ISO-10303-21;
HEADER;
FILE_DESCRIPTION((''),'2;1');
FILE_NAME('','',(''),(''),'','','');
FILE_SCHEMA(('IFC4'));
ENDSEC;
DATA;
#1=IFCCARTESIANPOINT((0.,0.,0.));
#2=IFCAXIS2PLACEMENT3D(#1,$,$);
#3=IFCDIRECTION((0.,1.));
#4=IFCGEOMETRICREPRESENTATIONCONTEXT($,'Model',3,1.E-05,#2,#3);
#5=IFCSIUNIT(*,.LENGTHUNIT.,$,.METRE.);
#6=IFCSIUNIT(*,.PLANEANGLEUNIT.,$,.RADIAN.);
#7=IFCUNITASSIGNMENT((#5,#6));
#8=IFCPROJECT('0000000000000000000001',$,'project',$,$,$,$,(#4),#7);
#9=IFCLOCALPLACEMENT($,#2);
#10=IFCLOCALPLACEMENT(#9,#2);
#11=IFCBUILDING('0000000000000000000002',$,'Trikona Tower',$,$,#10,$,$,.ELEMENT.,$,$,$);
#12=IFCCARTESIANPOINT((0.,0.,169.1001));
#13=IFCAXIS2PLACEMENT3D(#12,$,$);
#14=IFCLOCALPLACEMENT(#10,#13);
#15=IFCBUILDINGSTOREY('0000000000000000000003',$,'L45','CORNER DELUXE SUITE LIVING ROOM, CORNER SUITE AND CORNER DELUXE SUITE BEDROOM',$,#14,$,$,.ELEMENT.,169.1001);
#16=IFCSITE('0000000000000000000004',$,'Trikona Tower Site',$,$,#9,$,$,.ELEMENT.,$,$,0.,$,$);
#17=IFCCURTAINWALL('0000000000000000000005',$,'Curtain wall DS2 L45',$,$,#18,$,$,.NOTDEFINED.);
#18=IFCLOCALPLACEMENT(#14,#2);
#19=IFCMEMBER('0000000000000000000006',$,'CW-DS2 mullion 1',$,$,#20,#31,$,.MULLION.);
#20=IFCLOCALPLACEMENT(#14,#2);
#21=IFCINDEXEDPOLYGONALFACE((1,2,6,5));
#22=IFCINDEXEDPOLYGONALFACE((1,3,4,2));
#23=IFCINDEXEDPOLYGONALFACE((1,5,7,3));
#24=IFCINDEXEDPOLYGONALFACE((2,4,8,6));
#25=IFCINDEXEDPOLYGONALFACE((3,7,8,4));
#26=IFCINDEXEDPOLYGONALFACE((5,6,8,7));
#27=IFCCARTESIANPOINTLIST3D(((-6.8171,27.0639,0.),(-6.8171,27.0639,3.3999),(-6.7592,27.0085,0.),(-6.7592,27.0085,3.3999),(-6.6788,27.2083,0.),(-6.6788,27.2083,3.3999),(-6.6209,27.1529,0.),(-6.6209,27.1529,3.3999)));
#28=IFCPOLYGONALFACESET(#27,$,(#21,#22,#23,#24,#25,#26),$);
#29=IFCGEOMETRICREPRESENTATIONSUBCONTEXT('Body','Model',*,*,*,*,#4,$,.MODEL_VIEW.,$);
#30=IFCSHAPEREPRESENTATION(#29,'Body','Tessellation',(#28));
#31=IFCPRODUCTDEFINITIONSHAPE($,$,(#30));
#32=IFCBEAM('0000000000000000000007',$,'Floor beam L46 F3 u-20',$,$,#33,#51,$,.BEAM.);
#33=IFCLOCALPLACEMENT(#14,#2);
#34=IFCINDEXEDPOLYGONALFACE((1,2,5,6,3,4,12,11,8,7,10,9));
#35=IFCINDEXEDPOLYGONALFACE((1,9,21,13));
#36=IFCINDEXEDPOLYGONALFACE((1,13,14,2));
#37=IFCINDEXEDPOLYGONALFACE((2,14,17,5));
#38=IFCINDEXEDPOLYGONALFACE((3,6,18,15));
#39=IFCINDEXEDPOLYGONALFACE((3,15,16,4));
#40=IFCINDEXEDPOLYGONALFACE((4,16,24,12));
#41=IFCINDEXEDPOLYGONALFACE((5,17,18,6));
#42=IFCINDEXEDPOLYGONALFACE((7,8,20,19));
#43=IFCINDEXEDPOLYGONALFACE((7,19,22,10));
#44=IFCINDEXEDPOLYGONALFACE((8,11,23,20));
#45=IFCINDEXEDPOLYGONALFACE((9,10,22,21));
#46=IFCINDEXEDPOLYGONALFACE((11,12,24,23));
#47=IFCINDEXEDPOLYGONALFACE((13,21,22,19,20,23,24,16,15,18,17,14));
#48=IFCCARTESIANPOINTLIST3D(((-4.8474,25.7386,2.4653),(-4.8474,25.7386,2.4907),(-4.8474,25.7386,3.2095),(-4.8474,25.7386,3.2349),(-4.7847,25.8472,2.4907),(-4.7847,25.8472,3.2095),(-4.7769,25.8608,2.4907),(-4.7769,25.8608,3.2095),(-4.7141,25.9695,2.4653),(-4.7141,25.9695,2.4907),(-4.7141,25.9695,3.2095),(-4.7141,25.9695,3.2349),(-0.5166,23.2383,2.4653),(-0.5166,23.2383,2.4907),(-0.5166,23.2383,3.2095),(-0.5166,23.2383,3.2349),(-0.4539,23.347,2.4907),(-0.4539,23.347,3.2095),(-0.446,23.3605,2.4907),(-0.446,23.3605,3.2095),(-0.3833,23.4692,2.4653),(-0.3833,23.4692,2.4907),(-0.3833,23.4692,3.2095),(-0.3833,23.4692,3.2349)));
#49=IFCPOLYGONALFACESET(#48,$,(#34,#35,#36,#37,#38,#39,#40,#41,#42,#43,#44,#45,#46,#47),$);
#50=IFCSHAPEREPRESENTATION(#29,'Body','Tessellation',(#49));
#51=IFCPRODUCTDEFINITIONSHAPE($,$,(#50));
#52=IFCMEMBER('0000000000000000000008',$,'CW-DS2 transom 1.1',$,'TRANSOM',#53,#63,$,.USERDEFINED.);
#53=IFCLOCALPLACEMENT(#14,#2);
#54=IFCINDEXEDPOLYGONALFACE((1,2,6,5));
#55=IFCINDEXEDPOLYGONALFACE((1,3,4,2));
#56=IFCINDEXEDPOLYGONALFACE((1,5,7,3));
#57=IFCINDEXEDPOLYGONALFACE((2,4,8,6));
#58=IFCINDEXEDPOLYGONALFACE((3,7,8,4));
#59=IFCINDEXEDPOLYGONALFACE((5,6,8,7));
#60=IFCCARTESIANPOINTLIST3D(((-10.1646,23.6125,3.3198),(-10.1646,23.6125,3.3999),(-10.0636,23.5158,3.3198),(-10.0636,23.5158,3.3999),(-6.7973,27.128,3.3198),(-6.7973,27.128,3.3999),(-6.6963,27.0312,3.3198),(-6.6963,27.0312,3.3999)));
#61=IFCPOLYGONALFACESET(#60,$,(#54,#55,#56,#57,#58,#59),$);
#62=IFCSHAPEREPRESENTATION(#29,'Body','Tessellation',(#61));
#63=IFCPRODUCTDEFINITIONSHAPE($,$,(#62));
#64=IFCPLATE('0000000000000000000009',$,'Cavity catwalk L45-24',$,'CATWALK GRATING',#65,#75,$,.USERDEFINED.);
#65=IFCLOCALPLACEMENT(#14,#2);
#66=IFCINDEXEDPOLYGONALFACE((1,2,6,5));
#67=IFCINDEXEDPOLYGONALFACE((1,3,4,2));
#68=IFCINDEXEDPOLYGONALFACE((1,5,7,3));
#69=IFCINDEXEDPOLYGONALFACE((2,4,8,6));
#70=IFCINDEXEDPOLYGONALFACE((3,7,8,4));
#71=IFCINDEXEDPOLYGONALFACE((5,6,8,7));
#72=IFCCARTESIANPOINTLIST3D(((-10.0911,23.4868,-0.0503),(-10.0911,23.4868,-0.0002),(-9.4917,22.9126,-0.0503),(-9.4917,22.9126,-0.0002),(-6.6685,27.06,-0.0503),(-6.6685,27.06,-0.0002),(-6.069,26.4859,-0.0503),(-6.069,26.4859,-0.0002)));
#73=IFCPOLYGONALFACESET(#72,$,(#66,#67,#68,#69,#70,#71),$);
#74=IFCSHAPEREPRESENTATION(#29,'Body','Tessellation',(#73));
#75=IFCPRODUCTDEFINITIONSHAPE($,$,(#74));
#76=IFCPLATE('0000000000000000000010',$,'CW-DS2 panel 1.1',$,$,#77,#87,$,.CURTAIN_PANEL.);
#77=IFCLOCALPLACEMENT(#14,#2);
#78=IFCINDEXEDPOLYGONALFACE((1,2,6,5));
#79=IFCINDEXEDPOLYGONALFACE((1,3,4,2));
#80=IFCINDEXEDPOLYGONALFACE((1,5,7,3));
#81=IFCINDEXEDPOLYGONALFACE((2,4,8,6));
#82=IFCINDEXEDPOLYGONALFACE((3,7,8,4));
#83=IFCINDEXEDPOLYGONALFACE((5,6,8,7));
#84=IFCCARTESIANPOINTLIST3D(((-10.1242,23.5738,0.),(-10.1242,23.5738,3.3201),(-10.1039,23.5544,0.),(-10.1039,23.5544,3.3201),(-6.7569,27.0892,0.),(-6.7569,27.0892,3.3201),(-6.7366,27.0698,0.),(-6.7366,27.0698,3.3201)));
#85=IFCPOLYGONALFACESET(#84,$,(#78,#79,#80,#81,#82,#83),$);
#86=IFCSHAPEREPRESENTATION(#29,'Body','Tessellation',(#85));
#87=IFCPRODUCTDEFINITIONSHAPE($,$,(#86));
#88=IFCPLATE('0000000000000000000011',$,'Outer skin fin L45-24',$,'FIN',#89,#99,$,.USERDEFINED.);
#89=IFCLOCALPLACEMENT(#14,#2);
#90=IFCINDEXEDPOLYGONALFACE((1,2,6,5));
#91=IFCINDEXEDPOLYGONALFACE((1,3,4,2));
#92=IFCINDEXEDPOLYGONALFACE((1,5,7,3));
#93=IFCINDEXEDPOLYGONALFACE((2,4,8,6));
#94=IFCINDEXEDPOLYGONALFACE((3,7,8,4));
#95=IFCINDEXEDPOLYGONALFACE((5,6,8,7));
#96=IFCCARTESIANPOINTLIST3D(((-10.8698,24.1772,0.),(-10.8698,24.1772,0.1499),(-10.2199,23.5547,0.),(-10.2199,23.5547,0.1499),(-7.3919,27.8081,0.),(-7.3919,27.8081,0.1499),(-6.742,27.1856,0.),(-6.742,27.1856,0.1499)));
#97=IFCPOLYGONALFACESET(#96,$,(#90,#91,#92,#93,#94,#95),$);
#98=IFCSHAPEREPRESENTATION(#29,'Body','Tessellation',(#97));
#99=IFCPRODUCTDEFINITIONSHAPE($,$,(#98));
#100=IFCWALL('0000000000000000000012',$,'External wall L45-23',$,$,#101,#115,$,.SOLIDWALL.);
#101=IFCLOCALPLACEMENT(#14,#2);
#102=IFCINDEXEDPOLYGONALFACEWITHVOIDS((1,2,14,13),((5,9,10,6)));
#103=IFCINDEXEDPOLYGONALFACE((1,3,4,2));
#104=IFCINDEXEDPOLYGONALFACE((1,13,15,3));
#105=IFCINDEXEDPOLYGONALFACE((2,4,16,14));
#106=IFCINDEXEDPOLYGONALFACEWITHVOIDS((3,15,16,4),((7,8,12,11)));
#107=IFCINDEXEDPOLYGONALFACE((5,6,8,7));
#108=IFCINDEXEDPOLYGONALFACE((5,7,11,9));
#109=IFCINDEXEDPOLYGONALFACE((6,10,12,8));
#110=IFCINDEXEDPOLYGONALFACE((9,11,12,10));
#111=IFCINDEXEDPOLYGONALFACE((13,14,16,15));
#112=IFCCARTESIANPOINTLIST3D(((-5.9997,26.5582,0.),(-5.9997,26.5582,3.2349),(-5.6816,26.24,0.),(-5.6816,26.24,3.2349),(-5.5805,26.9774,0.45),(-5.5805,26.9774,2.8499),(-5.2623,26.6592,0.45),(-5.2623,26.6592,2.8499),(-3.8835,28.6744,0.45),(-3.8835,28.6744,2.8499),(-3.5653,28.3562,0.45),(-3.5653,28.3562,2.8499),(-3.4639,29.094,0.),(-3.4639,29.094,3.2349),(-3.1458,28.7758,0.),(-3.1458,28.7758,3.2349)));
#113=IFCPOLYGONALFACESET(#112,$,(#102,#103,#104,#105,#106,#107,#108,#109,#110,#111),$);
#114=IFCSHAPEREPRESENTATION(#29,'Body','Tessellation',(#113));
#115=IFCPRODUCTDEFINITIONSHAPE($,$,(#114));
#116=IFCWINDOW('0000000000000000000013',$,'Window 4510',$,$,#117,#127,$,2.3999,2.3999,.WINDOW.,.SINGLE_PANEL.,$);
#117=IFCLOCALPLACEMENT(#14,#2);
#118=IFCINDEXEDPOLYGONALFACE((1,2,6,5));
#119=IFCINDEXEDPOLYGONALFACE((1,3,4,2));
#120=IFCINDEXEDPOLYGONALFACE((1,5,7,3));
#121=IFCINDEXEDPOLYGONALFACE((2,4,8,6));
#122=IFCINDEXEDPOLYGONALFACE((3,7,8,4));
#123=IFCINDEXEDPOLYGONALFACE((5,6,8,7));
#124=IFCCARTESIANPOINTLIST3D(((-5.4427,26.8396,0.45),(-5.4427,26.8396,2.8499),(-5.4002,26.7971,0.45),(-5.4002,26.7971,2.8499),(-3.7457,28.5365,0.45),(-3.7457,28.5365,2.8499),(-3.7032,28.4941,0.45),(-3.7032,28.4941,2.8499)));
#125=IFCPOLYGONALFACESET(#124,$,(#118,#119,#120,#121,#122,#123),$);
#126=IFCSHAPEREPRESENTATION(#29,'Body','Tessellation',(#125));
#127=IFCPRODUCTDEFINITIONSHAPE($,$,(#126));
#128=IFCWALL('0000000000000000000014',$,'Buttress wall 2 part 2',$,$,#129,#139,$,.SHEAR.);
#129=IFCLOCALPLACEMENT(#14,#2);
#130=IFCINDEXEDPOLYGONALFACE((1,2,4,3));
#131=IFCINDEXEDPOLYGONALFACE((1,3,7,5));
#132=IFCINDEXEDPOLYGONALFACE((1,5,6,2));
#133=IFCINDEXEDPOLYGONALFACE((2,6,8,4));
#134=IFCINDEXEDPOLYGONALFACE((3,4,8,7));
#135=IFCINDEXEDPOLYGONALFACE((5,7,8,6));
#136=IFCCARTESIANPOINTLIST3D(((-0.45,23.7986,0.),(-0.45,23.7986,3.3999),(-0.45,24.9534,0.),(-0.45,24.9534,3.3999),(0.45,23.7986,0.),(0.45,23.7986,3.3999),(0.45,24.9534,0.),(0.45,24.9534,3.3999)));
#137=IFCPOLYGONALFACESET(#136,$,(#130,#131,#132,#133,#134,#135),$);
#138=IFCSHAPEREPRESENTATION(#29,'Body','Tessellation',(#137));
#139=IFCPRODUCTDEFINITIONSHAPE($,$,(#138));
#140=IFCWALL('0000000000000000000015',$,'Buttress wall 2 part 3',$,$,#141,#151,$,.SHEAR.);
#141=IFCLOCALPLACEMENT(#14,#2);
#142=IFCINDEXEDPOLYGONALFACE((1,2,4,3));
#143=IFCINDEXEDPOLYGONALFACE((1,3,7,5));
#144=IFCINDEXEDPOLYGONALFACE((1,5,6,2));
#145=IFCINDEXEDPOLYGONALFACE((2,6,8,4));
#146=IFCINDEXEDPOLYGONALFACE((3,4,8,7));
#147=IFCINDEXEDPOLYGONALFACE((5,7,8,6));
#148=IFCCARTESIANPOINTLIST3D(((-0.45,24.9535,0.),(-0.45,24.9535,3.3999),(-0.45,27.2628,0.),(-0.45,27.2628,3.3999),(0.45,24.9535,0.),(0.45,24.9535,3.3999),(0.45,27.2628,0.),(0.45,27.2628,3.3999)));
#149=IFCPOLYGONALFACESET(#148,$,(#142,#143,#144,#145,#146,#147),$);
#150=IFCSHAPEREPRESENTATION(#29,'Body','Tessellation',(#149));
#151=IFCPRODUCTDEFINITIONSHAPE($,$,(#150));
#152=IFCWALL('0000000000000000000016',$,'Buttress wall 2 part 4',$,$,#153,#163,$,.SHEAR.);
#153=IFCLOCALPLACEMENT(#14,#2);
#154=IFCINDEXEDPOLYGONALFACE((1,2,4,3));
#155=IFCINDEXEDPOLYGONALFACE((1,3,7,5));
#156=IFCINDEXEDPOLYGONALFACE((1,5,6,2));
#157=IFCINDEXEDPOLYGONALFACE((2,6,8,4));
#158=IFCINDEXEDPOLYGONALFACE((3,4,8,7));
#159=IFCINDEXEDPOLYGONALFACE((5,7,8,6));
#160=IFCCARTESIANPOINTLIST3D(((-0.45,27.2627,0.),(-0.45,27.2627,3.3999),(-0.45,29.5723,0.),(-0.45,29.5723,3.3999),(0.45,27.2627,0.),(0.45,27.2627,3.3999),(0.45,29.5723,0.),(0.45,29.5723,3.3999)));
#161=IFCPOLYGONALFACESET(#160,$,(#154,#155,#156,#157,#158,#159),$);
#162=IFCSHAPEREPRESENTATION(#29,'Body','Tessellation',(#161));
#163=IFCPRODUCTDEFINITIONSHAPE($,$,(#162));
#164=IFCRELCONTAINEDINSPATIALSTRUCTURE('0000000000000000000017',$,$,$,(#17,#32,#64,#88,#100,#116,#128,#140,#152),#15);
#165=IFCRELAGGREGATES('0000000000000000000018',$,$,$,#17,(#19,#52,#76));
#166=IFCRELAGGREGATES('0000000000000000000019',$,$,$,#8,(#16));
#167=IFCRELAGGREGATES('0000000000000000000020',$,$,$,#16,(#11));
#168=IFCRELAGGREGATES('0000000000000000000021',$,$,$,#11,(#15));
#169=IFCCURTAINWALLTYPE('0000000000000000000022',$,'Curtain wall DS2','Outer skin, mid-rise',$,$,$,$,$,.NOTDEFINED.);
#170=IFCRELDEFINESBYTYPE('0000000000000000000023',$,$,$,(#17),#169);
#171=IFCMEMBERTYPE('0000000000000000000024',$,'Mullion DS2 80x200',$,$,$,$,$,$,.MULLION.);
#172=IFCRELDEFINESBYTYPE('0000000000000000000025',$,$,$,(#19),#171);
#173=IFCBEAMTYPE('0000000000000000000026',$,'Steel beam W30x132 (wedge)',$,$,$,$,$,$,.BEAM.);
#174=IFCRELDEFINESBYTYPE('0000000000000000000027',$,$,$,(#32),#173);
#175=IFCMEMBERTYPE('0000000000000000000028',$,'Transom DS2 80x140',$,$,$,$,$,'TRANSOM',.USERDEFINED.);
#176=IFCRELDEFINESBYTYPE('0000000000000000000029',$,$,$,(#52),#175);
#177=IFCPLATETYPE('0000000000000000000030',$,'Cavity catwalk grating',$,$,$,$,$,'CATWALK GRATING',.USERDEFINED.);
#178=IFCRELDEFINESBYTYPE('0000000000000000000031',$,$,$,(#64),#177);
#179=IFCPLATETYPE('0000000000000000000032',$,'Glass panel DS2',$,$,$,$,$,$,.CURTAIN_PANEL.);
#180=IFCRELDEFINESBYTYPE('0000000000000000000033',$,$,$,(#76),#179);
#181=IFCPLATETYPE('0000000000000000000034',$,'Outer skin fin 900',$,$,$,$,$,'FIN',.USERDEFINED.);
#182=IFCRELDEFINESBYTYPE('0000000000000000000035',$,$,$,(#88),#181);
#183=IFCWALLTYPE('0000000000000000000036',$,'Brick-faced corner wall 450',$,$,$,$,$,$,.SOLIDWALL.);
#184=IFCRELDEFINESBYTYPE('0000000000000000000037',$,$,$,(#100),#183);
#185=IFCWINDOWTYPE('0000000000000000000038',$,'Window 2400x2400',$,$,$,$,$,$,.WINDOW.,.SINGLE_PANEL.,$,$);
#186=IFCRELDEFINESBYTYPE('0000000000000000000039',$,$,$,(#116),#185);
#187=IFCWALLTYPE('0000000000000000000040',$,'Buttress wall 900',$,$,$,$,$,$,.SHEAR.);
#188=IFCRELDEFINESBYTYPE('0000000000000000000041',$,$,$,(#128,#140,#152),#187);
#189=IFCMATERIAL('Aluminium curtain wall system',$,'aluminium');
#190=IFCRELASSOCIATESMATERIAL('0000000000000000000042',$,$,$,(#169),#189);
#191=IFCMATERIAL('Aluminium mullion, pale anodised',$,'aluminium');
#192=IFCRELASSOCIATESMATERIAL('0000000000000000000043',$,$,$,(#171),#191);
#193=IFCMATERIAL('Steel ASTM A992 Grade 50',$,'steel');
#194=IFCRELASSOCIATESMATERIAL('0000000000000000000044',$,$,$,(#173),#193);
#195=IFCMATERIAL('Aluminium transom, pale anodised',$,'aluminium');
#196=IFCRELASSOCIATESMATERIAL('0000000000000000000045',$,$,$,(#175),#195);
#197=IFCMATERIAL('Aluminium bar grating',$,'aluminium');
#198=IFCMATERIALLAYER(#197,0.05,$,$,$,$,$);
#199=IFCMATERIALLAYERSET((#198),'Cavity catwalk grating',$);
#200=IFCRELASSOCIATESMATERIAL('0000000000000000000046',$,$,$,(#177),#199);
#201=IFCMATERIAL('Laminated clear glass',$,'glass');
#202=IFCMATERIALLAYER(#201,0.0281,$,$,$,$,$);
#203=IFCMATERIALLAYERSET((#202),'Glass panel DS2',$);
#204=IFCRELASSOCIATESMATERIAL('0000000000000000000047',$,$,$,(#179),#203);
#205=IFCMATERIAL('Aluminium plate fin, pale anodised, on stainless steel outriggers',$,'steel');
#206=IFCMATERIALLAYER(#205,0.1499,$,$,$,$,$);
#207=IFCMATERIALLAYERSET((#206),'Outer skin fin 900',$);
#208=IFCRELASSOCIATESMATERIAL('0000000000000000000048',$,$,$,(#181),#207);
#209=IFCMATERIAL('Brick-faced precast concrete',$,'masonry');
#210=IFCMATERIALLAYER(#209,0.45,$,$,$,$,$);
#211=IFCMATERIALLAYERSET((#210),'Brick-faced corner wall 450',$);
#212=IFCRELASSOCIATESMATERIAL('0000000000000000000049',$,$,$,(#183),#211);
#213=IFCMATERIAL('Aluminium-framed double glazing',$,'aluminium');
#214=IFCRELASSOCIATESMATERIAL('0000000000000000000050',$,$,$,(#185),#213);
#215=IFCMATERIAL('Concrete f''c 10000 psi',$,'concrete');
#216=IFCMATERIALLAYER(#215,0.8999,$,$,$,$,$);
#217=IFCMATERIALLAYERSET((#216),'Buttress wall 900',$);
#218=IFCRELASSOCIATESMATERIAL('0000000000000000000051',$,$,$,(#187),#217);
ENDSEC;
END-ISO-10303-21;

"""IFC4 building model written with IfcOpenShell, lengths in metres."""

from ifc_helpers import new_model, si_unit, direction, frame, frame_2d, origin, origin_2d, place, context, subcontext, project, spatial, rectangle, i_section, extrude, material, layer, layer_set, material_profile, profile_set, type_object, element, fill, aggregate, save


model = new_model("IFC4")

# Units and contexts
model_context = context("Model", 3, precision=1e-05, world=origin(), true_north=direction((0.0, 1.0)))
body_context = subcontext(model_context, "Body", "Model", "MODEL_VIEW")
ifc_project = project(units=[si_unit("LENGTHUNIT", "METRE"), si_unit("PLANEANGLEUNIT", "RADIAN")], contexts=[model_context])

# Site, building, storey
site_placement = place(None, origin())
site = spatial("IfcSite", under=ifc_project, at=site_placement, Name="Trikona Tower Site", CompositionType="ELEMENT", RefElevation=0.0)
building_placement = place(site_placement, origin())
building = spatial("IfcBuilding", under=site, at=building_placement, Name="Trikona Tower", CompositionType="ELEMENT")
storey_placement = place(building_placement, frame((0.0, 0.0, 169.1001)))
storey = spatial("IfcBuildingStorey", under=building, at=storey_placement, Name="L45", Description="CORNER DELUXE SUITE LIVING ROOM, CORNER SUITE AND CORNER DELUXE SUITE BEDROOM", CompositionType="ELEMENT", Elevation=169.1001)

# Curtain wall, member
ifc_material_1 = material(Name="Aluminium curtain wall system", Category="aluminium")
curtain_wall_type = type_object("IfcCurtainWallType", Name="Curtain wall DS2", Description="Outer skin, mid-rise", PredefinedType="NOTDEFINED", material=ifc_material_1)
curtain_wall_placement = place(storey_placement, origin())
curtain_wall = element("IfcCurtainWall", 1, at=curtain_wall_placement, inside=storey, type_object=curtain_wall_type, Name="Curtain wall DS2 L45", PredefinedType="NOTDEFINED")
ifc_material_2 = material(Name="Aluminium mullion, pale anodised", Category="aluminium")
ifc_material_profile_1 = material_profile(ifc_material_2, rectangle(XDim=0.0801, YDim=0.2, at=origin_2d()), Name="MUL-DS2")
ifc_profile_set_1 = profile_set([ifc_material_profile_1], Name="Aluminium mullion, pale anodised")
member_type_1 = type_object("IfcMemberType", Name="Mullion DS2 80x200", PredefinedType="MULLION", material=ifc_profile_set_1)
member_1_placement = place(storey_placement, frame((-6.719, 27.1084, 0.0), z_axis=(0.0, 0.0, 1.0), x_axis=(0.722158, -0.691728, 0.0)))
member_1 = element("IfcMember", 2, at=member_1_placement, type_object=member_type_1, Name="CW-DS2 mullion 1", PredefinedType="MULLION", context=body_context, shape_type="SweptSolid", body=[
    extrude(rectangle(XDim=0.0801, YDim=0.2, at=origin_2d()), origin(), (0.0, 0.0, 1.0), 3.3999),
])

# Beam
ifc_material_3 = material(Name="Steel ASTM A992 Grade 50", Category="steel")
ifc_material_profile_2 = material_profile(ifc_material_3, i_section(OverallWidth=0.2666, OverallDepth=0.7695, WebThickness=0.0156, FlangeThickness=0.0254, at=origin_2d()), Name="W30X132")
ifc_profile_set_2 = profile_set([ifc_material_profile_2], Name="Steel ASTM A992 Grade 50")
beam_type = type_object("IfcBeamType", Name="Steel beam W30x132 (wedge)", PredefinedType="BEAM", material=ifc_profile_set_2)
beam_placement = place(storey_placement, frame((-0.45, 23.3538, 2.8501), z_axis=(-0.866038, 0.499977, 0.0), x_axis=(-0.499977, -0.866038, 0.0)))
element("IfcBeam", 3, at=beam_placement, inside=storey, type_object=beam_type, Name="Floor beam L46 F3 u-20", PredefinedType="BEAM", context=body_context, shape_type="SweptSolid", body=[
    extrude(i_section(OverallWidth=0.2666, OverallDepth=0.7695, WebThickness=0.0156, FlangeThickness=0.0254, at=origin_2d()), origin(), (0.0, 0.0, 1.0), 5.0007),
])

# Member
ifc_material_4 = material(Name="Aluminium transom, pale anodised", Category="aluminium")
ifc_material_profile_3 = material_profile(ifc_material_4, rectangle(XDim=0.1399, YDim=0.0801, at=origin_2d()), Name="TRN-DS2")
ifc_profile_set_3 = profile_set([ifc_material_profile_3], Name="Aluminium transom, pale anodised")
member_type_2 = type_object("IfcMemberType", Name="Transom DS2 80x140", ElementType="TRANSOM", PredefinedType="USERDEFINED", material=ifc_profile_set_3)
member_2_placement = place(storey_placement, frame((-6.7468, 27.0796, 3.3599), z_axis=(-0.691721, -0.722165, 0.0), x_axis=(0.722165, -0.691721, 0.0)))
member_2 = element("IfcMember", 4, at=member_2_placement, type_object=member_type_2, Name="CW-DS2 transom 1.1", ObjectType="TRANSOM", PredefinedType="USERDEFINED", context=body_context, shape_type="SweptSolid", body=[
    extrude(rectangle(XDim=0.1399, YDim=0.0801, at=origin_2d()), origin(), (0.0, 0.0, 1.0), 4.8679),
])

# Plates
ifc_material_5 = material(Name="Aluminium bar grating", Category="aluminium")
ifc_layer_1 = layer(ifc_material_5, 0.05)
ifc_layer_set_1 = layer_set([ifc_layer_1], Name="Cavity catwalk grating")
plate_type_1 = type_object("IfcPlateType", Name="Cavity catwalk grating", ElementType="CATWALK GRATING", PredefinedType="USERDEFINED", material=ifc_layer_set_1)
plate_1_placement = place(storey_placement, frame((-8.0801, 24.9863, -0.0503), z_axis=(0.0, 0.0, 1.0), x_axis=(-0.691724, -0.722162, 0.0)))
element("IfcPlate", 5, at=plate_1_placement, inside=storey, type_object=plate_type_1, Name="Cavity catwalk L45-24", ObjectType="CATWALK GRATING", PredefinedType="USERDEFINED", context=body_context, shape_type="SweptSolid", body=[
    extrude(rectangle(XDim=4.948, YDim=0.8301, at=origin_2d()), origin(), (0.0, 0.0, 1.0), 0.05),
])
ifc_material_6 = material(Name="Laminated clear glass", Category="glass")
ifc_layer_2 = layer(ifc_material_6, 0.0281)
ifc_layer_set_2 = layer_set([ifc_layer_2], Name="Glass panel DS2")
plate_type_2 = type_object("IfcPlateType", Name="Glass panel DS2", PredefinedType="CURTAIN_PANEL", material=ifc_layer_set_2)
plate_2_placement = place(storey_placement, frame((-8.4304, 25.3218, 0.0), z_axis=(0.0, 0.0, 1.0), x_axis=(-0.691728, -0.722158, 0.0)))
plate_2 = element("IfcPlate", 6, at=plate_2_placement, type_object=plate_type_2, Name="CW-DS2 panel 1.1", PredefinedType="CURTAIN_PANEL", context=body_context, shape_type="SweptSolid", body=[
    extrude(rectangle(XDim=4.8679, YDim=0.0281, at=origin_2d()), origin(), (0.0, 0.0, 1.0), 3.3201),
])
aggregate(curtain_wall, [member_1, member_2, plate_2])
ifc_material_7 = material(Name="Aluminium plate fin, pale anodised, on stainless steel outriggers", Category="steel")
ifc_layer_3 = layer(ifc_material_7, 0.1499)
ifc_layer_set_3 = layer_set([ifc_layer_3], Name="Outer skin fin 900")
plate_type_3 = type_object("IfcPlateType", Name="Outer skin fin 900", ElementType="FIN", PredefinedType="USERDEFINED", material=ifc_layer_set_3)
plate_3_placement = place(storey_placement, frame((-8.8059, 25.6814, 0.0), z_axis=(0.0, 0.0, 1.0), x_axis=(-0.691724, -0.722162, 0.0)))
element("IfcPlate", 7, at=plate_3_placement, inside=storey, type_object=plate_type_3, Name="Outer skin fin L45-24", ObjectType="FIN", PredefinedType="USERDEFINED", context=body_context, shape_type="SweptSolid", body=[
    extrude(rectangle(XDim=5.0278, YDim=0.8999, at=origin_2d()), origin(), (0.0, 0.0, 1.0), 0.1499),
])

# Wall, opening, window
ifc_material_8 = material(Name="Brick-faced precast concrete", Category="masonry")
ifc_layer_4 = layer(ifc_material_8, 0.45)
ifc_layer_set_4 = layer_set([ifc_layer_4], Name="Brick-faced corner wall 450")
wall_type_1 = type_object("IfcWallType", Name="Brick-faced corner wall 450", PredefinedType="SOLIDWALL", material=ifc_layer_set_4)
wall_1_placement = place(storey_placement, frame((-3.3049, 28.9348, 0.0), z_axis=(0.0, 0.0, 1.0), x_axis=(-0.707107, -0.707107, 0.0)))
wall_1 = element("IfcWall", 8, at=wall_1_placement, inside=storey, type_object=wall_type_1, Name="External wall L45-23", PredefinedType="SOLIDWALL", context=body_context, shape_type="SweptSolid", body=[
    extrude(rectangle(XDim=3.5862, YDim=0.45, at=frame_2d((1.793, 0.0))), origin(), (0.0, 0.0, 1.0), 3.2349),
])
opening_1_placement = place(wall_1_placement, frame((0.5933, 0.0, 0.45)))
opening_1 = element("IfcOpeningElement", 9, at=opening_1_placement, cuts=wall_1, PredefinedType="OPENING", context=body_context, shape_type="SweptSolid", body=[
    extrude(rectangle(XDim=2.3999, YDim=2.3999, at=frame_2d((1.2, 1.2))), frame((0.0, 0.2349, 0.0), z_axis=(0.0, -1.0, 0.0), x_axis=(1.0, 0.0, 0.0)), (0.0, 0.0, 1.0), 0.47),
])
ifc_material_9 = material(Name="Aluminium-framed double glazing", Category="aluminium")
window_type_1 = type_object("IfcWindowType", Name="Window 2400x2400", PartitioningType="SINGLE_PANEL", PredefinedType="WINDOW", material=ifc_material_9)
window_1_placement = place(opening_1_placement, origin())
window_1 = element("IfcWindow", 10, at=window_1_placement, inside=storey, type_object=window_type_1, Name="Window 4510", OverallHeight=2.3999, OverallWidth=2.3999, PartitioningType="SINGLE_PANEL", PredefinedType="WINDOW", context=body_context, shape_type="SweptSolid", body=[
    extrude(rectangle(XDim=2.3999, YDim=2.3999, at=frame_2d((1.2, 1.2))), frame((0.0, 0.03, 0.0), z_axis=(0.0, -1.0, 0.0), x_axis=(1.0, 0.0, 0.0)), (0.0, 0.0, 1.0), 0.0601),
])
fill(opening_1, window_1)

# Walls
ifc_material_10 = material(Name="Concrete f'c 10000 psi", Category="concrete")
ifc_layer_5 = layer(ifc_material_10, 0.8999)
ifc_layer_set_5 = layer_set([ifc_layer_5], Name="Buttress wall 900")
wall_type_2 = type_object("IfcWallType", Name="Buttress wall 900", PredefinedType="SHEAR", material=ifc_layer_set_5)
wall_2_placement = place(storey_placement, frame((0.0, 23.7986, 0.0), z_axis=(0.0, 0.0, 1.0), x_axis=(0.0, 1.0, 0.0)))
element("IfcWall", 11, at=wall_2_placement, inside=storey, type_object=wall_type_2, Name="Buttress wall 2 part 2", PredefinedType="SHEAR", context=body_context, shape_type="SweptSolid", body=[
    extrude(rectangle(XDim=1.1548, YDim=0.8999, at=frame_2d((0.5774, 0.0))), origin(), (0.0, 0.0, 1.0), 3.3999),
])
wall_3_placement = place(storey_placement, frame((0.0, 24.9534, 0.0), z_axis=(0.0, 0.0, 1.0), x_axis=(0.0, 1.0, 0.0)))
element("IfcWall", 12, at=wall_3_placement, inside=storey, type_object=wall_type_2, Name="Buttress wall 2 part 3", PredefinedType="SHEAR", context=body_context, shape_type="SweptSolid", body=[
    extrude(rectangle(XDim=2.3093, YDim=0.8999, at=frame_2d((1.1548, 0.0))), origin(), (0.0, 0.0, 1.0), 3.3999),
])
wall_4_placement = place(storey_placement, frame((0.0, 27.2627, 0.0), z_axis=(0.0, 0.0, 1.0), x_axis=(0.0, 1.0, 0.0)))
element("IfcWall", 13, at=wall_4_placement, inside=storey, type_object=wall_type_2, Name="Buttress wall 2 part 4", PredefinedType="SHEAR", context=body_context, shape_type="SweptSolid", body=[
    extrude(rectangle(XDim=2.3096, YDim=0.8999, at=frame_2d((1.1548, 0.0))), origin(), (0.0, 0.0, 1.0), 3.3999),
])

save(model, "model.ifc")
